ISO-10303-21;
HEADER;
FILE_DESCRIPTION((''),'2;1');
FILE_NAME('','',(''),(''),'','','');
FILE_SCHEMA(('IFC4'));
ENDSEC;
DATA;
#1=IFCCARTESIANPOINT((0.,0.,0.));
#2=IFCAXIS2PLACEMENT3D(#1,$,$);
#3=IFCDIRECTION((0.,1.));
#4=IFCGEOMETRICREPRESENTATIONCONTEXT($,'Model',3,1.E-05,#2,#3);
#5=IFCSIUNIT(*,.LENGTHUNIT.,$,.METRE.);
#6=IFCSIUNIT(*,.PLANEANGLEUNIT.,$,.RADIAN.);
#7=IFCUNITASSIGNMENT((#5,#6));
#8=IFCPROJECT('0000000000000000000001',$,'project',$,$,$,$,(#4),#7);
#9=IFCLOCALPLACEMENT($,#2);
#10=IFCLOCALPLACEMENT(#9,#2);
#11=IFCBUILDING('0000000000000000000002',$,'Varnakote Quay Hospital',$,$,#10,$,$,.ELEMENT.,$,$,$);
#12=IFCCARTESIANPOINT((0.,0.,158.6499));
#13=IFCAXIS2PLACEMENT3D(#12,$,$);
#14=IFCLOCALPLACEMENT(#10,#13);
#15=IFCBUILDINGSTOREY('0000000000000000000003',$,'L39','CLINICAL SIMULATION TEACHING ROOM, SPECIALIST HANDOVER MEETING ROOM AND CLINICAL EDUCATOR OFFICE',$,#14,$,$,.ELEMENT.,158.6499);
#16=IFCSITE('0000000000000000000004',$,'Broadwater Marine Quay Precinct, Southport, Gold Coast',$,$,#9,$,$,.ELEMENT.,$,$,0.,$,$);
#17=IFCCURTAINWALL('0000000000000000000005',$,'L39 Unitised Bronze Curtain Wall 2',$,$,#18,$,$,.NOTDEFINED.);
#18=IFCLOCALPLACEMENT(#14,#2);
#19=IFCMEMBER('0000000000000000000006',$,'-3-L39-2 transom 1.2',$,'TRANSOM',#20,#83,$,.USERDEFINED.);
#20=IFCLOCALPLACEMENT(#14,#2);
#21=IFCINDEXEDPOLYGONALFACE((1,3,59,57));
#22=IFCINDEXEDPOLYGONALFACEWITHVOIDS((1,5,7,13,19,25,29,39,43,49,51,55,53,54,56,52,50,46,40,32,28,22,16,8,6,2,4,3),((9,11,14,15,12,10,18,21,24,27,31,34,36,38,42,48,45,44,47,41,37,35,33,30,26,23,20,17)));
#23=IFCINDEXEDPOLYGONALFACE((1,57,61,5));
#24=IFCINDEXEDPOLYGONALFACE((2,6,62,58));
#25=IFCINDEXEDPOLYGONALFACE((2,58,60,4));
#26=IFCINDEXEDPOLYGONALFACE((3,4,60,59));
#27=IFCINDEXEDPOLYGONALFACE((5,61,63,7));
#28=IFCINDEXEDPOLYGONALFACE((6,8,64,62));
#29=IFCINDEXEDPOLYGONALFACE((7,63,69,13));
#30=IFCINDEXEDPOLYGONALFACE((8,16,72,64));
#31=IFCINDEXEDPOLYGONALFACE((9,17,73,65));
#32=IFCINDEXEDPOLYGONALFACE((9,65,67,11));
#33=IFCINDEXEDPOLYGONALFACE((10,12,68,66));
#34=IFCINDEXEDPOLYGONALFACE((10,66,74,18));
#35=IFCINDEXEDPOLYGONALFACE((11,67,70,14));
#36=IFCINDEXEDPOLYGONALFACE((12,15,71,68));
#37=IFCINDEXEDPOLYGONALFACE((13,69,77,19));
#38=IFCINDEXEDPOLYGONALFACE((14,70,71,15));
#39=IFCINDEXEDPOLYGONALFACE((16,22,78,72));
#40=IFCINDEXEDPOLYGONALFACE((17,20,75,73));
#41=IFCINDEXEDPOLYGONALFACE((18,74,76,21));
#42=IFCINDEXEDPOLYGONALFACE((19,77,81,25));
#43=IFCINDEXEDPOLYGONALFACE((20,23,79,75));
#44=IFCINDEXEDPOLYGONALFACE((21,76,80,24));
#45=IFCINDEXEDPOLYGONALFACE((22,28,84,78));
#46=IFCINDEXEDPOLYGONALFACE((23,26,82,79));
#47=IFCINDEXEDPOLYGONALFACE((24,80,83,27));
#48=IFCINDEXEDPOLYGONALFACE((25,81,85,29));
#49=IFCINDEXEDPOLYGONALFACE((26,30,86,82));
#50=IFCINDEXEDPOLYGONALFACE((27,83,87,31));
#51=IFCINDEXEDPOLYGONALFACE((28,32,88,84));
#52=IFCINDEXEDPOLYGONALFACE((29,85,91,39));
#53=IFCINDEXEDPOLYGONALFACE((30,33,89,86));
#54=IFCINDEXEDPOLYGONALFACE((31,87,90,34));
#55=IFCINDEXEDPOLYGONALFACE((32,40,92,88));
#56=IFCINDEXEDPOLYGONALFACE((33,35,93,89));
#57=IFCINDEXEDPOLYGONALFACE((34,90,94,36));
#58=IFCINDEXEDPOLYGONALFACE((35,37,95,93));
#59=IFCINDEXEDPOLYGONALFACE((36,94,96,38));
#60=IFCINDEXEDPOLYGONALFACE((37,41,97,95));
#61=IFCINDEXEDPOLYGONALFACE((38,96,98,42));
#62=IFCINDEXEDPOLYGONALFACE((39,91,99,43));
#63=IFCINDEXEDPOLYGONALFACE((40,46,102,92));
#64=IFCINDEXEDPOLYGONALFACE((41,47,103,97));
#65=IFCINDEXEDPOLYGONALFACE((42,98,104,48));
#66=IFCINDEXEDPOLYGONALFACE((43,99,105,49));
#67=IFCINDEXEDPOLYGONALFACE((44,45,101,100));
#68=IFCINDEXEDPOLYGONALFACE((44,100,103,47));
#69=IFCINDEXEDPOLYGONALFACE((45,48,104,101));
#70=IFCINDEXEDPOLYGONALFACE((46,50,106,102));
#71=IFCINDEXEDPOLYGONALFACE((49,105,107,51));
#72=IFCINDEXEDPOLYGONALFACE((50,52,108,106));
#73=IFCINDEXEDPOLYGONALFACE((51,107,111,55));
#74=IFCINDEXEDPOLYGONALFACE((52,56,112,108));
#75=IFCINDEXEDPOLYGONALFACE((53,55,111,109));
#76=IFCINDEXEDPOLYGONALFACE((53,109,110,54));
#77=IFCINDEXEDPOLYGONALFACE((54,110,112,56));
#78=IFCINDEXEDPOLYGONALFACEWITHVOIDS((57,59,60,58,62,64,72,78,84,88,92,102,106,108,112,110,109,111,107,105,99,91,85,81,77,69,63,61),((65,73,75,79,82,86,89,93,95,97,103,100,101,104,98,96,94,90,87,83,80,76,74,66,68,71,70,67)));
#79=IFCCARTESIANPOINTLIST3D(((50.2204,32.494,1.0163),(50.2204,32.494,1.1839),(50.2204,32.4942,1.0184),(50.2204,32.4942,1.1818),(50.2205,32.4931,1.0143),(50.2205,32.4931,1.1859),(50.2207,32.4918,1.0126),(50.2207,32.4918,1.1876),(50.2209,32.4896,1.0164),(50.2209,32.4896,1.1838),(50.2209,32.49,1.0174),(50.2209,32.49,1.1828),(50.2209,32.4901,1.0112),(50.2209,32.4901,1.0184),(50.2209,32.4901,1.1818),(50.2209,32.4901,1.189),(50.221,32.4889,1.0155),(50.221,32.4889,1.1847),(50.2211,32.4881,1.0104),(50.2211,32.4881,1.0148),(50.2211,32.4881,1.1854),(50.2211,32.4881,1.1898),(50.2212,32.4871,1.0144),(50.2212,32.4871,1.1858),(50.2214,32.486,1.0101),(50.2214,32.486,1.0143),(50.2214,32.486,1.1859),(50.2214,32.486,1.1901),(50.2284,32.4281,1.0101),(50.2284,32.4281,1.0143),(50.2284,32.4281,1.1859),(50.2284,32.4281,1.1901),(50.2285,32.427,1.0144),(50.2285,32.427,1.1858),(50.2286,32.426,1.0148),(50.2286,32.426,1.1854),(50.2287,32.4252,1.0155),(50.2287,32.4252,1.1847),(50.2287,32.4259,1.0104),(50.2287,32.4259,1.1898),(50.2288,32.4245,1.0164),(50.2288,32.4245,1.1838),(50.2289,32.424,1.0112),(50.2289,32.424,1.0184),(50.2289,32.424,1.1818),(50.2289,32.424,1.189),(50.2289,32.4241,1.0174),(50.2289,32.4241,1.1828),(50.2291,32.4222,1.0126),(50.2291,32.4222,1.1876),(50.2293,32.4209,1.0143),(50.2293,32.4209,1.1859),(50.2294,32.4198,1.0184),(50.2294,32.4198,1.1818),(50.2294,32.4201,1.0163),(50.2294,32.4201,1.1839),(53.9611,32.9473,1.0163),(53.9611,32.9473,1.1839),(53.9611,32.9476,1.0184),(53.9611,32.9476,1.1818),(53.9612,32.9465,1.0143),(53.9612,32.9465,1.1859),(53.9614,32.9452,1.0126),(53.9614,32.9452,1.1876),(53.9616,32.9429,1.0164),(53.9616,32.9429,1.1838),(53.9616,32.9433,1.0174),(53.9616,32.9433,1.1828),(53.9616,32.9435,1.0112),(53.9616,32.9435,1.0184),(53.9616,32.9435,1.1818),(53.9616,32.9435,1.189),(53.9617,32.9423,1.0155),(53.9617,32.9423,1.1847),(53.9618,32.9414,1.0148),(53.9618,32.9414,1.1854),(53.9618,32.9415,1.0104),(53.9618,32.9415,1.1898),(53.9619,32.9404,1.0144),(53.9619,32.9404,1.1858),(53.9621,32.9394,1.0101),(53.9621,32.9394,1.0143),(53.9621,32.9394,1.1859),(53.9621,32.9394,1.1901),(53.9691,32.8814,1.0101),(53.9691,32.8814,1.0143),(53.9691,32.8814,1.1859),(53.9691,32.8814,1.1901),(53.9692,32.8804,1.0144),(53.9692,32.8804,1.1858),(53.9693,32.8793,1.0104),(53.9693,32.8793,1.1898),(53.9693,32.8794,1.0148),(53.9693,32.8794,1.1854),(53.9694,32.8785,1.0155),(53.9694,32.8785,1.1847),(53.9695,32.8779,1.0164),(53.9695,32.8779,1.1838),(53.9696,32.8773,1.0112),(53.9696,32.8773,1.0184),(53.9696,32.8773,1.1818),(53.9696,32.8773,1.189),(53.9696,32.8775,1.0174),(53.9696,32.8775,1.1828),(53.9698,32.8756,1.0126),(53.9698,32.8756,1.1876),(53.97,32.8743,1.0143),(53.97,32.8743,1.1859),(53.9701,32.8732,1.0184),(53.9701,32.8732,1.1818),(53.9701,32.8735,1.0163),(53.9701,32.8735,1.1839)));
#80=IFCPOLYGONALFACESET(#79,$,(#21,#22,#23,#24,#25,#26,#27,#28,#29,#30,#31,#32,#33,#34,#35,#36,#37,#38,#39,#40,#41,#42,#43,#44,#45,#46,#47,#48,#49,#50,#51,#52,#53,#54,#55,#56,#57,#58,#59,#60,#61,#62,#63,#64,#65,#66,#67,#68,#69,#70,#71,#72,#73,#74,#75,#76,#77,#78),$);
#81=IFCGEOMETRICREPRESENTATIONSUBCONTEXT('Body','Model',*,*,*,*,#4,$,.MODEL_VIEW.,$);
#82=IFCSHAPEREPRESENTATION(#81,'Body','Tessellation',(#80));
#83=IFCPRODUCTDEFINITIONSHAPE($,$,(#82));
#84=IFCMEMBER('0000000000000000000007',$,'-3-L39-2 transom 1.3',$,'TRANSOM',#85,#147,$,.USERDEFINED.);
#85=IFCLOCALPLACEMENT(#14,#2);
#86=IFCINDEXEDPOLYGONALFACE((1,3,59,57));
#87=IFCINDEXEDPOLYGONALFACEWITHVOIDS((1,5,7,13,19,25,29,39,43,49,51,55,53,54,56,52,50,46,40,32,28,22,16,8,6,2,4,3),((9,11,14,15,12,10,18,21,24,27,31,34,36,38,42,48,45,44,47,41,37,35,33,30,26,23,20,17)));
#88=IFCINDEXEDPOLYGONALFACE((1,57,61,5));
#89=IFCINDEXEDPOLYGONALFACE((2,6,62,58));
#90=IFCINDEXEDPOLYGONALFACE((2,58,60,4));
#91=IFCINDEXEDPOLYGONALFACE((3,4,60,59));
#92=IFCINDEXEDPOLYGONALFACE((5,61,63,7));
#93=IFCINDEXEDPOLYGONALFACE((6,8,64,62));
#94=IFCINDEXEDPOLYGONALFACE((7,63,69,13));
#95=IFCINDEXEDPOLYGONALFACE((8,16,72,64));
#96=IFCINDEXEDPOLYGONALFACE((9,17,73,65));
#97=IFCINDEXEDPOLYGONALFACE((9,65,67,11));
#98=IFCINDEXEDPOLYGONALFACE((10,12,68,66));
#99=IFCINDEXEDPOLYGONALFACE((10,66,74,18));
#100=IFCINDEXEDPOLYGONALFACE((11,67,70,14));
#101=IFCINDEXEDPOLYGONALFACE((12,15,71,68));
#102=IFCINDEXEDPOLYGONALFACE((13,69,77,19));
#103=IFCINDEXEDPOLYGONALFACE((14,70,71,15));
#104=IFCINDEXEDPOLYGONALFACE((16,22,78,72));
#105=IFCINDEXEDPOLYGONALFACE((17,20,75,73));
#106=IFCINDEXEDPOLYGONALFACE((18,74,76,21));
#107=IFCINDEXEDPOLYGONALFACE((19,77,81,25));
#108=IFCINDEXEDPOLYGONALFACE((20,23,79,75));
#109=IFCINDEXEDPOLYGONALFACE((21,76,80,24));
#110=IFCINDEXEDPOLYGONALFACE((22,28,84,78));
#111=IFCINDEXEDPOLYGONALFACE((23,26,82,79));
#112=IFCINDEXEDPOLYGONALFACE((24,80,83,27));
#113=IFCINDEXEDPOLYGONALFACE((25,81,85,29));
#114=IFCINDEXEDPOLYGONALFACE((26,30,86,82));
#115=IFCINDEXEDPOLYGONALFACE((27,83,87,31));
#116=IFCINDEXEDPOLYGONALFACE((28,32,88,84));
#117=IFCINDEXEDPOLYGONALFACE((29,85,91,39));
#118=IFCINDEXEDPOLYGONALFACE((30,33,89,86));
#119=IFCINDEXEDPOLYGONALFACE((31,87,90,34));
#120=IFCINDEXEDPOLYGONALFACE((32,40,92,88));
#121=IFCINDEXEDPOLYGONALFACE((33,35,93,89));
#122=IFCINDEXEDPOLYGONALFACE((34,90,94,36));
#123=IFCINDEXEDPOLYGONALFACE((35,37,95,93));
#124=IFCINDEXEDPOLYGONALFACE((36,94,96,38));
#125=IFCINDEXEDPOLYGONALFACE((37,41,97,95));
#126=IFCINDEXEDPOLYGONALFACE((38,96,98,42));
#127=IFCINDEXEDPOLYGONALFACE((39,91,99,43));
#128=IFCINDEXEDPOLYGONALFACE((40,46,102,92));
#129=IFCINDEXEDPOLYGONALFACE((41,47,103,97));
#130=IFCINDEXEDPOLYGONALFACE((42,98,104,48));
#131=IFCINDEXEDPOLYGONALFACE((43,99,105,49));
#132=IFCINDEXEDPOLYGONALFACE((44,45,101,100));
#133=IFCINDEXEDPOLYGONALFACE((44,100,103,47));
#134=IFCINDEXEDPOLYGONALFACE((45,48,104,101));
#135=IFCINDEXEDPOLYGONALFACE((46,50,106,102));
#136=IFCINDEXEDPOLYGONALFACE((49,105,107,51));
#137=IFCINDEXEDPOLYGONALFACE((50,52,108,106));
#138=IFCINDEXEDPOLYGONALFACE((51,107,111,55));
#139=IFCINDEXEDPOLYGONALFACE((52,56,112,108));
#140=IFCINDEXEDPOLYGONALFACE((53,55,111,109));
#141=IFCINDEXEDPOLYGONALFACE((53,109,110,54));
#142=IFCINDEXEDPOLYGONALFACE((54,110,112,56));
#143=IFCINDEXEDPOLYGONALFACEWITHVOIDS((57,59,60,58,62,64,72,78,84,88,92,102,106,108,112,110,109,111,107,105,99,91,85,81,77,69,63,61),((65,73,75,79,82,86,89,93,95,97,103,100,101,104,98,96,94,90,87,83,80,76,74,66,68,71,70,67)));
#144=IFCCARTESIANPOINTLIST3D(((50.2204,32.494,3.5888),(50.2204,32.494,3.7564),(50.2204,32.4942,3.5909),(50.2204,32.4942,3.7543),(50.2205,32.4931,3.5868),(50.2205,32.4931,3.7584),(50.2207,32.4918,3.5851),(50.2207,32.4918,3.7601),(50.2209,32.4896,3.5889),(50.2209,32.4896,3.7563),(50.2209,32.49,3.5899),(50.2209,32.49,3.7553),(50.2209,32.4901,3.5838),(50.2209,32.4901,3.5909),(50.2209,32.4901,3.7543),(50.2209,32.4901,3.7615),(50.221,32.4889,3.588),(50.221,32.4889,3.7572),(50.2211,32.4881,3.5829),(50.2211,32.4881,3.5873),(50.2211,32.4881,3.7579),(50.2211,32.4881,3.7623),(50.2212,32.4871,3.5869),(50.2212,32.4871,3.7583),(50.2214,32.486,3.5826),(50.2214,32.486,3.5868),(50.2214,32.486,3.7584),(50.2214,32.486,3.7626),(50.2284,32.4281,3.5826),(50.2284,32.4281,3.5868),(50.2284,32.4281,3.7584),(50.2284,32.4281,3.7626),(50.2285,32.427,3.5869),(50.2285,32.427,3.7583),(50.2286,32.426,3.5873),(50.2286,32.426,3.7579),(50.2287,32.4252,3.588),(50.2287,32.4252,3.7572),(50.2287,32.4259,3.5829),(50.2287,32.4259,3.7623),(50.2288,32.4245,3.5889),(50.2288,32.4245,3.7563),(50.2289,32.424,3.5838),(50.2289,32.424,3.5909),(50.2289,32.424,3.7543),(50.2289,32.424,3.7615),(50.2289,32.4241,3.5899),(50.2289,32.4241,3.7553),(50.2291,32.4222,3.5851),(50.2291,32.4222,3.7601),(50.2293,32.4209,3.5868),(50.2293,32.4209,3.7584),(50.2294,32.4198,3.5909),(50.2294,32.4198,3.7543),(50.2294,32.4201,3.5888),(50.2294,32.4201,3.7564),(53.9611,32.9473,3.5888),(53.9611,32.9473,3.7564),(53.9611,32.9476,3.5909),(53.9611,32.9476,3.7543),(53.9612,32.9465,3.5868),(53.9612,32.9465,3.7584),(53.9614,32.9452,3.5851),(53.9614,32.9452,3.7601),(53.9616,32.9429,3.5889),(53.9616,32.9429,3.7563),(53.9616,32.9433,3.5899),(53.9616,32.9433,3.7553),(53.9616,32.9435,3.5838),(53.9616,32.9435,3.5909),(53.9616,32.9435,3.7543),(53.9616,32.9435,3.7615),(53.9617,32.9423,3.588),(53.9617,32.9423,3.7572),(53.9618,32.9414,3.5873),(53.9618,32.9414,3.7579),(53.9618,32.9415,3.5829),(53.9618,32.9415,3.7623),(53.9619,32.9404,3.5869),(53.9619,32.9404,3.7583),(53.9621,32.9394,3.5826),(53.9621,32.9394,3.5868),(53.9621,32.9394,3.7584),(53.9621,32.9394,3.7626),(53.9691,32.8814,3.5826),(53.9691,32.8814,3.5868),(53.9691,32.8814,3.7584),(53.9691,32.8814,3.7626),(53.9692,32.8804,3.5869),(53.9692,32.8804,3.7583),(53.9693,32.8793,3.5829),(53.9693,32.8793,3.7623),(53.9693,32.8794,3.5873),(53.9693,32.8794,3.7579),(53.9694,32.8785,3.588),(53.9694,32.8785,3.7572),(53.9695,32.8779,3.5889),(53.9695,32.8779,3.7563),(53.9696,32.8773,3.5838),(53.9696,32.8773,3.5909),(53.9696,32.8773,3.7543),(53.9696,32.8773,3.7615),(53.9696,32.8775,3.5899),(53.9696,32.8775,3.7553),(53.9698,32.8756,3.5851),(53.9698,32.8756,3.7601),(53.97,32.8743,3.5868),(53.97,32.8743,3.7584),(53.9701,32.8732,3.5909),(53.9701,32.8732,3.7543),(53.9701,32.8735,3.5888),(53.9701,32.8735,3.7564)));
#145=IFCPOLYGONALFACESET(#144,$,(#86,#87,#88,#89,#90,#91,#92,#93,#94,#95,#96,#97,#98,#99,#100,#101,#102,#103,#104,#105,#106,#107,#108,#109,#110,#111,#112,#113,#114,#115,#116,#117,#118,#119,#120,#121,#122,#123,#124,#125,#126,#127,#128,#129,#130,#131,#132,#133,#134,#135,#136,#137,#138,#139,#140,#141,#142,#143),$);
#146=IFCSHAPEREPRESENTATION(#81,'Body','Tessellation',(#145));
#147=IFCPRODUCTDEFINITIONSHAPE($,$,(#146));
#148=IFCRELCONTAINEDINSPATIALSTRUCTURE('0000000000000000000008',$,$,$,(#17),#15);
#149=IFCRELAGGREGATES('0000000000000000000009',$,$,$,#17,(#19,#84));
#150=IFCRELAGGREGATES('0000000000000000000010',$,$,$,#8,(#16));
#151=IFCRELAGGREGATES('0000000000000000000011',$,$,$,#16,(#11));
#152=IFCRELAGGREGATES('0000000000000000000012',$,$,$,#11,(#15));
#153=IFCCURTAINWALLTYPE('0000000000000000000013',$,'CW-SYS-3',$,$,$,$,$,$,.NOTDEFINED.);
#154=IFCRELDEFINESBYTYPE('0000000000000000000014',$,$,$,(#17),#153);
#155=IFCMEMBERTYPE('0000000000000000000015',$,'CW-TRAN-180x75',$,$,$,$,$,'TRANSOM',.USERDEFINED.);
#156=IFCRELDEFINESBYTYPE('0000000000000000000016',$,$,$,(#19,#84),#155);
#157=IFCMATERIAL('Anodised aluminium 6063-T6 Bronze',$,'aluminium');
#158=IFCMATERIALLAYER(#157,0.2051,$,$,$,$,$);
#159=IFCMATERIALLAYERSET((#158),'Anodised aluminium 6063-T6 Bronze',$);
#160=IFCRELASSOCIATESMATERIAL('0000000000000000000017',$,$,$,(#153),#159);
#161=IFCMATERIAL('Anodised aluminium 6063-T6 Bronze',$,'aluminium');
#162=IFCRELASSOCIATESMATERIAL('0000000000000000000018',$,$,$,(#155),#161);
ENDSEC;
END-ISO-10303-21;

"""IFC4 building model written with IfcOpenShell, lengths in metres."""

from ifc_helpers import new_model, si_unit, direction, frame, origin, origin_2d, place, context, subcontext, project, spatial, hollow_rectangle, extrude, material, layer, layer_set, material_profile, profile_set, type_object, element, aggregate, save


model = new_model("IFC4")

# Units and contexts
model_context = context("Model", 3, precision=1e-05, world=origin(), true_north=direction((0.0, 1.0)))
body_context = subcontext(model_context, "Body", "Model", "MODEL_VIEW")
ifc_project = project(units=[si_unit("LENGTHUNIT", "METRE"), si_unit("PLANEANGLEUNIT", "RADIAN")], contexts=[model_context])

# Site, building, storey
site_placement = place(None, origin())
site = spatial("IfcSite", under=ifc_project, at=site_placement, Name="Broadwater Marine Quay Precinct, Southport, Gold Coast", CompositionType="ELEMENT", RefElevation=0.0)
building_placement = place(site_placement, origin())
building = spatial("IfcBuilding", under=site, at=building_placement, Name="Varnakote Quay Hospital", CompositionType="ELEMENT")
storey_placement = place(building_placement, frame((0.0, 0.0, 158.6499)))
storey = spatial("IfcBuildingStorey", under=building, at=storey_placement, Name="L39", Description="CLINICAL SIMULATION TEACHING ROOM, SPECIALIST HANDOVER MEETING ROOM AND CLINICAL EDUCATOR OFFICE", CompositionType="ELEMENT", Elevation=158.6499)

# Shared definitions
ifc_material_1 = material(Name="Anodised aluminium 6063-T6 Bronze", Category="aluminium")
ifc_layer_1 = layer(ifc_material_1, 0.2051)
ifc_layer_set_1 = layer_set([ifc_layer_1], Name="Anodised aluminium 6063-T6 Bronze")
curtain_wall_type = type_object("IfcCurtainWallType", Name="CW-SYS-3", PredefinedType="NOTDEFINED", material=ifc_layer_set_1)

# Curtain wall, members
curtain_wall_1_placement = place(storey_placement, origin())
curtain_wall_1 = element("IfcCurtainWall", 1, at=curtain_wall_1_placement, inside=storey, type_object=curtain_wall_type, Name="L39 Unitised Bronze Curtain Wall 2", PredefinedType="NOTDEFINED")
ifc_material_2 = material(Name="Anodised aluminium 6063-T6 Bronze", Category="aluminium")
ifc_material_profile_1 = material_profile(ifc_material_2, hollow_rectangle(XDim=0.075, YDim=0.1799, WallThickness=0.0042, InnerFilletRadius=0.0042, OuterFilletRadius=0.0083, at=origin_2d()), Name="CW-TRAN-180x75")
ifc_profile_set_1 = profile_set([ifc_material_profile_1], Name="Anodised aluminium 6063-T6 Bronze")
member_type_1 = type_object("IfcMemberType", Name="CW-TRAN-180x75", ElementType="TRANSOM", PredefinedType="USERDEFINED", material=ifc_profile_set_1)
member_1_placement = place(storey_placement, frame((53.9656, 32.9104, 1.1001), z_axis=(-0.992735, -0.120318, 0.0), x_axis=(0.120318, -0.992735, 0.0)))
member_1 = element("IfcMember", 2, at=member_1_placement, type_object=member_type_1, Name="-3-L39-2 transom 1.2", ObjectType="TRANSOM", PredefinedType="USERDEFINED", context=body_context, shape_type="SweptSolid", body=[
    extrude(hollow_rectangle(XDim=0.075, YDim=0.1799, WallThickness=0.0042, InnerFilletRadius=0.0042, OuterFilletRadius=0.0083, at=origin_2d()), origin(), (0.0, 0.0, 1.0), 3.7681),
])
member_2_placement = place(storey_placement, frame((53.9656, 32.9104, 3.6726), z_axis=(-0.992735, -0.120318, 0.0), x_axis=(0.120318, -0.992735, 0.0)))
member_2 = element("IfcMember", 3, at=member_2_placement, type_object=member_type_1, Name="-3-L39-2 transom 1.3", ObjectType="TRANSOM", PredefinedType="USERDEFINED", context=body_context, shape_type="SweptSolid", body=[
    extrude(hollow_rectangle(XDim=0.075, YDim=0.1799, WallThickness=0.0042, InnerFilletRadius=0.0042, OuterFilletRadius=0.0083, at=origin_2d()), origin(), (0.0, 0.0, 1.0), 3.7681),
])

aggregate(curtain_wall_1, [member_1, member_2])

save(model, "model.ifc")
